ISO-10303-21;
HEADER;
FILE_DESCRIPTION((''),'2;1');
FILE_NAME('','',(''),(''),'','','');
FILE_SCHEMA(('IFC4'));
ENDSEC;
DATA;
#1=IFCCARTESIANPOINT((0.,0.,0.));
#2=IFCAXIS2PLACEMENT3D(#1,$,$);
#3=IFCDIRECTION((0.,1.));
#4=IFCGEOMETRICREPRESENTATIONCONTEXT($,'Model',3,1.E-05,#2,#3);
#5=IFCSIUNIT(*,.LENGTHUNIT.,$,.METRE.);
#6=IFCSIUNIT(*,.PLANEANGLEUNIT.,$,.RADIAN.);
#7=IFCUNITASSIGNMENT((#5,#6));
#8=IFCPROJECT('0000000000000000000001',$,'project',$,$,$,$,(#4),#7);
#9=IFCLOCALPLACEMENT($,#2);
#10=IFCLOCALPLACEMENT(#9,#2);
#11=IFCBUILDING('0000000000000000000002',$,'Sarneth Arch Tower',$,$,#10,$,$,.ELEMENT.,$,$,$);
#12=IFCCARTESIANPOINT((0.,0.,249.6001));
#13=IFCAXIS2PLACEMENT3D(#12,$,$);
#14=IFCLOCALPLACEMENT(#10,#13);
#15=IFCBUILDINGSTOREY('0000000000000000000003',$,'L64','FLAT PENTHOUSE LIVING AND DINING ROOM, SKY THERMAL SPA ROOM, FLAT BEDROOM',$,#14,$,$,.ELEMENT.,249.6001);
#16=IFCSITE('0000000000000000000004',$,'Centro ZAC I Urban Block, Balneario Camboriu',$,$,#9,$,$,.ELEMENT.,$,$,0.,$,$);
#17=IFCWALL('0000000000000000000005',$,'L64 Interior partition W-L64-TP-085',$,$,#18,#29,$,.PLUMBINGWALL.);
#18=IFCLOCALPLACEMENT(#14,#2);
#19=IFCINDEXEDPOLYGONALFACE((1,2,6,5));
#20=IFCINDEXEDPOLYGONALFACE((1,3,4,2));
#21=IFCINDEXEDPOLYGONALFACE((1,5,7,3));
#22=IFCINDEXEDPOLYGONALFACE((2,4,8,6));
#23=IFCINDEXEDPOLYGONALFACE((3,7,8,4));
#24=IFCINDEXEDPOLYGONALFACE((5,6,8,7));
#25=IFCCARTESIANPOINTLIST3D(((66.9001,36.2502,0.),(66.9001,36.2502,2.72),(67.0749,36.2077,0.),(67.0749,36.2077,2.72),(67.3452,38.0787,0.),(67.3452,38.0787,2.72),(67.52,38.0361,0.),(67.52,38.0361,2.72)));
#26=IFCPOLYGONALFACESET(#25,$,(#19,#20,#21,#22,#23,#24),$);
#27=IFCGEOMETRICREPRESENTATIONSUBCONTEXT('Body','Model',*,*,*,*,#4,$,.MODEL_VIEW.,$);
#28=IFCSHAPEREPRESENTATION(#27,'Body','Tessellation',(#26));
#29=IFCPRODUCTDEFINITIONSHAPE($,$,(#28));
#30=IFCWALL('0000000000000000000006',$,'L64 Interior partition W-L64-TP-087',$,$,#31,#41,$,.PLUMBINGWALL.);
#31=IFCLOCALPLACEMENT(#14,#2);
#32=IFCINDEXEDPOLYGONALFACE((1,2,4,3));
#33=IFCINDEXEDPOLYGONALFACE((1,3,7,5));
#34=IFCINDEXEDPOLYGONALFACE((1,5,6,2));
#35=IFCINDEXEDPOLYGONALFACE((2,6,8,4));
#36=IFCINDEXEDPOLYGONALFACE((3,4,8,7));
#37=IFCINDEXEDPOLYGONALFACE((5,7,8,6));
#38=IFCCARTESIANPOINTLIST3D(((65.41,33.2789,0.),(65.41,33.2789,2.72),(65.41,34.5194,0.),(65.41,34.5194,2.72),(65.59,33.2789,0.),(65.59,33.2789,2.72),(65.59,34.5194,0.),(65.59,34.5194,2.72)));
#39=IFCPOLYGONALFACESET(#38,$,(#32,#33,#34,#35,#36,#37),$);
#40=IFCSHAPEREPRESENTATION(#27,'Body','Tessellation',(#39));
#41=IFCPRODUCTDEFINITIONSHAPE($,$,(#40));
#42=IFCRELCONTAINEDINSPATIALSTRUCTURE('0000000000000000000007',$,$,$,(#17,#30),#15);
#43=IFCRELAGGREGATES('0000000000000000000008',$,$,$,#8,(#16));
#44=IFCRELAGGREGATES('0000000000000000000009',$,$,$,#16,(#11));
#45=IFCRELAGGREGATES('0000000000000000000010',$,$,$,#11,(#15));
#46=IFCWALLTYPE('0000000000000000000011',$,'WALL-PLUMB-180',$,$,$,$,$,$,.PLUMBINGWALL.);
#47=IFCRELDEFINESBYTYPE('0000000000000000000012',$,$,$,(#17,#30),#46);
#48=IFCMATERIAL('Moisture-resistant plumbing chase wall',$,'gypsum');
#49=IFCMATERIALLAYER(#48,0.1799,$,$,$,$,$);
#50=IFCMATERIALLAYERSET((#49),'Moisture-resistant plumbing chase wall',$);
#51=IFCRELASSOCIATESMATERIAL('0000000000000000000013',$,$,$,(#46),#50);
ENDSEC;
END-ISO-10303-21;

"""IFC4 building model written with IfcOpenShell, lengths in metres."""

from ifc_helpers import new_model, si_unit, direction, frame, frame_2d, origin, place, context, subcontext, project, spatial, rectangle, extrude, material, layer, layer_set, type_object, element, save


model = new_model("IFC4")

# Units and contexts
model_context = context("Model", 3, precision=1e-05, world=origin(), true_north=direction((0.0, 1.0)))
body_context = subcontext(model_context, "Body", "Model", "MODEL_VIEW")
ifc_project = project(units=[si_unit("LENGTHUNIT", "METRE"), si_unit("PLANEANGLEUNIT", "RADIAN")], contexts=[model_context])

# Site, building, storey
site_placement = place(None, origin())
site = spatial("IfcSite", under=ifc_project, at=site_placement, Name="Centro ZAC I Urban Block, Balneario Camboriu", CompositionType="ELEMENT", RefElevation=0.0)
building_placement = place(site_placement, origin())
building = spatial("IfcBuilding", under=site, at=building_placement, Name="Sarneth Arch Tower", CompositionType="ELEMENT")
storey_placement = place(building_placement, frame((0.0, 0.0, 249.6001)))
storey = spatial("IfcBuildingStorey", under=building, at=storey_placement, Name="L64", Description="FLAT PENTHOUSE LIVING AND DINING ROOM, SKY THERMAL SPA ROOM, FLAT BEDROOM", CompositionType="ELEMENT", Elevation=249.6001)

# Shared definitions
ifc_material_1 = material(Name="Moisture-resistant plumbing chase wall", Category="gypsum")
ifc_layer_1 = layer(ifc_material_1, 0.1799)
ifc_layer_set_1 = layer_set([ifc_layer_1], Name="Moisture-resistant plumbing chase wall")
wall_type_1 = type_object("IfcWallType", Name="WALL-PLUMB-180", PredefinedType="PLUMBINGWALL", material=ifc_layer_set_1)

# Walls
wall_1_placement = place(storey_placement, frame((67.4326, 38.0574, 0.0), z_axis=(0.0, 0.0, 1.0), x_axis=(-0.236517, -0.971627, 0.0)))
element("IfcWall", 1, at=wall_1_placement, inside=storey, type_object=wall_type_1, Name="L64 Interior partition W-L64-TP-085", PredefinedType="PLUMBINGWALL", context=body_context, shape_type="SweptSolid", body=[
    extrude(rectangle(XDim=1.8818, YDim=0.1799, at=frame_2d((0.9409, 0.0))), origin(), (0.0, 0.0, 1.0), 2.72),
])
wall_2_placement = place(storey_placement, frame((65.5, 34.5193, 0.0), z_axis=(0.0, 0.0, 1.0), x_axis=(0.0, -1.0, 0.0)))
element("IfcWall", 2, at=wall_2_placement, inside=storey, type_object=wall_type_1, Name="L64 Interior partition W-L64-TP-087", PredefinedType="PLUMBINGWALL", context=body_context, shape_type="SweptSolid", body=[
    extrude(rectangle(XDim=1.2405, YDim=0.1799, at=frame_2d((0.6201, 0.0))), origin(), (0.0, 0.0, 1.0), 2.72),
])

save(model, "model.ifc")
